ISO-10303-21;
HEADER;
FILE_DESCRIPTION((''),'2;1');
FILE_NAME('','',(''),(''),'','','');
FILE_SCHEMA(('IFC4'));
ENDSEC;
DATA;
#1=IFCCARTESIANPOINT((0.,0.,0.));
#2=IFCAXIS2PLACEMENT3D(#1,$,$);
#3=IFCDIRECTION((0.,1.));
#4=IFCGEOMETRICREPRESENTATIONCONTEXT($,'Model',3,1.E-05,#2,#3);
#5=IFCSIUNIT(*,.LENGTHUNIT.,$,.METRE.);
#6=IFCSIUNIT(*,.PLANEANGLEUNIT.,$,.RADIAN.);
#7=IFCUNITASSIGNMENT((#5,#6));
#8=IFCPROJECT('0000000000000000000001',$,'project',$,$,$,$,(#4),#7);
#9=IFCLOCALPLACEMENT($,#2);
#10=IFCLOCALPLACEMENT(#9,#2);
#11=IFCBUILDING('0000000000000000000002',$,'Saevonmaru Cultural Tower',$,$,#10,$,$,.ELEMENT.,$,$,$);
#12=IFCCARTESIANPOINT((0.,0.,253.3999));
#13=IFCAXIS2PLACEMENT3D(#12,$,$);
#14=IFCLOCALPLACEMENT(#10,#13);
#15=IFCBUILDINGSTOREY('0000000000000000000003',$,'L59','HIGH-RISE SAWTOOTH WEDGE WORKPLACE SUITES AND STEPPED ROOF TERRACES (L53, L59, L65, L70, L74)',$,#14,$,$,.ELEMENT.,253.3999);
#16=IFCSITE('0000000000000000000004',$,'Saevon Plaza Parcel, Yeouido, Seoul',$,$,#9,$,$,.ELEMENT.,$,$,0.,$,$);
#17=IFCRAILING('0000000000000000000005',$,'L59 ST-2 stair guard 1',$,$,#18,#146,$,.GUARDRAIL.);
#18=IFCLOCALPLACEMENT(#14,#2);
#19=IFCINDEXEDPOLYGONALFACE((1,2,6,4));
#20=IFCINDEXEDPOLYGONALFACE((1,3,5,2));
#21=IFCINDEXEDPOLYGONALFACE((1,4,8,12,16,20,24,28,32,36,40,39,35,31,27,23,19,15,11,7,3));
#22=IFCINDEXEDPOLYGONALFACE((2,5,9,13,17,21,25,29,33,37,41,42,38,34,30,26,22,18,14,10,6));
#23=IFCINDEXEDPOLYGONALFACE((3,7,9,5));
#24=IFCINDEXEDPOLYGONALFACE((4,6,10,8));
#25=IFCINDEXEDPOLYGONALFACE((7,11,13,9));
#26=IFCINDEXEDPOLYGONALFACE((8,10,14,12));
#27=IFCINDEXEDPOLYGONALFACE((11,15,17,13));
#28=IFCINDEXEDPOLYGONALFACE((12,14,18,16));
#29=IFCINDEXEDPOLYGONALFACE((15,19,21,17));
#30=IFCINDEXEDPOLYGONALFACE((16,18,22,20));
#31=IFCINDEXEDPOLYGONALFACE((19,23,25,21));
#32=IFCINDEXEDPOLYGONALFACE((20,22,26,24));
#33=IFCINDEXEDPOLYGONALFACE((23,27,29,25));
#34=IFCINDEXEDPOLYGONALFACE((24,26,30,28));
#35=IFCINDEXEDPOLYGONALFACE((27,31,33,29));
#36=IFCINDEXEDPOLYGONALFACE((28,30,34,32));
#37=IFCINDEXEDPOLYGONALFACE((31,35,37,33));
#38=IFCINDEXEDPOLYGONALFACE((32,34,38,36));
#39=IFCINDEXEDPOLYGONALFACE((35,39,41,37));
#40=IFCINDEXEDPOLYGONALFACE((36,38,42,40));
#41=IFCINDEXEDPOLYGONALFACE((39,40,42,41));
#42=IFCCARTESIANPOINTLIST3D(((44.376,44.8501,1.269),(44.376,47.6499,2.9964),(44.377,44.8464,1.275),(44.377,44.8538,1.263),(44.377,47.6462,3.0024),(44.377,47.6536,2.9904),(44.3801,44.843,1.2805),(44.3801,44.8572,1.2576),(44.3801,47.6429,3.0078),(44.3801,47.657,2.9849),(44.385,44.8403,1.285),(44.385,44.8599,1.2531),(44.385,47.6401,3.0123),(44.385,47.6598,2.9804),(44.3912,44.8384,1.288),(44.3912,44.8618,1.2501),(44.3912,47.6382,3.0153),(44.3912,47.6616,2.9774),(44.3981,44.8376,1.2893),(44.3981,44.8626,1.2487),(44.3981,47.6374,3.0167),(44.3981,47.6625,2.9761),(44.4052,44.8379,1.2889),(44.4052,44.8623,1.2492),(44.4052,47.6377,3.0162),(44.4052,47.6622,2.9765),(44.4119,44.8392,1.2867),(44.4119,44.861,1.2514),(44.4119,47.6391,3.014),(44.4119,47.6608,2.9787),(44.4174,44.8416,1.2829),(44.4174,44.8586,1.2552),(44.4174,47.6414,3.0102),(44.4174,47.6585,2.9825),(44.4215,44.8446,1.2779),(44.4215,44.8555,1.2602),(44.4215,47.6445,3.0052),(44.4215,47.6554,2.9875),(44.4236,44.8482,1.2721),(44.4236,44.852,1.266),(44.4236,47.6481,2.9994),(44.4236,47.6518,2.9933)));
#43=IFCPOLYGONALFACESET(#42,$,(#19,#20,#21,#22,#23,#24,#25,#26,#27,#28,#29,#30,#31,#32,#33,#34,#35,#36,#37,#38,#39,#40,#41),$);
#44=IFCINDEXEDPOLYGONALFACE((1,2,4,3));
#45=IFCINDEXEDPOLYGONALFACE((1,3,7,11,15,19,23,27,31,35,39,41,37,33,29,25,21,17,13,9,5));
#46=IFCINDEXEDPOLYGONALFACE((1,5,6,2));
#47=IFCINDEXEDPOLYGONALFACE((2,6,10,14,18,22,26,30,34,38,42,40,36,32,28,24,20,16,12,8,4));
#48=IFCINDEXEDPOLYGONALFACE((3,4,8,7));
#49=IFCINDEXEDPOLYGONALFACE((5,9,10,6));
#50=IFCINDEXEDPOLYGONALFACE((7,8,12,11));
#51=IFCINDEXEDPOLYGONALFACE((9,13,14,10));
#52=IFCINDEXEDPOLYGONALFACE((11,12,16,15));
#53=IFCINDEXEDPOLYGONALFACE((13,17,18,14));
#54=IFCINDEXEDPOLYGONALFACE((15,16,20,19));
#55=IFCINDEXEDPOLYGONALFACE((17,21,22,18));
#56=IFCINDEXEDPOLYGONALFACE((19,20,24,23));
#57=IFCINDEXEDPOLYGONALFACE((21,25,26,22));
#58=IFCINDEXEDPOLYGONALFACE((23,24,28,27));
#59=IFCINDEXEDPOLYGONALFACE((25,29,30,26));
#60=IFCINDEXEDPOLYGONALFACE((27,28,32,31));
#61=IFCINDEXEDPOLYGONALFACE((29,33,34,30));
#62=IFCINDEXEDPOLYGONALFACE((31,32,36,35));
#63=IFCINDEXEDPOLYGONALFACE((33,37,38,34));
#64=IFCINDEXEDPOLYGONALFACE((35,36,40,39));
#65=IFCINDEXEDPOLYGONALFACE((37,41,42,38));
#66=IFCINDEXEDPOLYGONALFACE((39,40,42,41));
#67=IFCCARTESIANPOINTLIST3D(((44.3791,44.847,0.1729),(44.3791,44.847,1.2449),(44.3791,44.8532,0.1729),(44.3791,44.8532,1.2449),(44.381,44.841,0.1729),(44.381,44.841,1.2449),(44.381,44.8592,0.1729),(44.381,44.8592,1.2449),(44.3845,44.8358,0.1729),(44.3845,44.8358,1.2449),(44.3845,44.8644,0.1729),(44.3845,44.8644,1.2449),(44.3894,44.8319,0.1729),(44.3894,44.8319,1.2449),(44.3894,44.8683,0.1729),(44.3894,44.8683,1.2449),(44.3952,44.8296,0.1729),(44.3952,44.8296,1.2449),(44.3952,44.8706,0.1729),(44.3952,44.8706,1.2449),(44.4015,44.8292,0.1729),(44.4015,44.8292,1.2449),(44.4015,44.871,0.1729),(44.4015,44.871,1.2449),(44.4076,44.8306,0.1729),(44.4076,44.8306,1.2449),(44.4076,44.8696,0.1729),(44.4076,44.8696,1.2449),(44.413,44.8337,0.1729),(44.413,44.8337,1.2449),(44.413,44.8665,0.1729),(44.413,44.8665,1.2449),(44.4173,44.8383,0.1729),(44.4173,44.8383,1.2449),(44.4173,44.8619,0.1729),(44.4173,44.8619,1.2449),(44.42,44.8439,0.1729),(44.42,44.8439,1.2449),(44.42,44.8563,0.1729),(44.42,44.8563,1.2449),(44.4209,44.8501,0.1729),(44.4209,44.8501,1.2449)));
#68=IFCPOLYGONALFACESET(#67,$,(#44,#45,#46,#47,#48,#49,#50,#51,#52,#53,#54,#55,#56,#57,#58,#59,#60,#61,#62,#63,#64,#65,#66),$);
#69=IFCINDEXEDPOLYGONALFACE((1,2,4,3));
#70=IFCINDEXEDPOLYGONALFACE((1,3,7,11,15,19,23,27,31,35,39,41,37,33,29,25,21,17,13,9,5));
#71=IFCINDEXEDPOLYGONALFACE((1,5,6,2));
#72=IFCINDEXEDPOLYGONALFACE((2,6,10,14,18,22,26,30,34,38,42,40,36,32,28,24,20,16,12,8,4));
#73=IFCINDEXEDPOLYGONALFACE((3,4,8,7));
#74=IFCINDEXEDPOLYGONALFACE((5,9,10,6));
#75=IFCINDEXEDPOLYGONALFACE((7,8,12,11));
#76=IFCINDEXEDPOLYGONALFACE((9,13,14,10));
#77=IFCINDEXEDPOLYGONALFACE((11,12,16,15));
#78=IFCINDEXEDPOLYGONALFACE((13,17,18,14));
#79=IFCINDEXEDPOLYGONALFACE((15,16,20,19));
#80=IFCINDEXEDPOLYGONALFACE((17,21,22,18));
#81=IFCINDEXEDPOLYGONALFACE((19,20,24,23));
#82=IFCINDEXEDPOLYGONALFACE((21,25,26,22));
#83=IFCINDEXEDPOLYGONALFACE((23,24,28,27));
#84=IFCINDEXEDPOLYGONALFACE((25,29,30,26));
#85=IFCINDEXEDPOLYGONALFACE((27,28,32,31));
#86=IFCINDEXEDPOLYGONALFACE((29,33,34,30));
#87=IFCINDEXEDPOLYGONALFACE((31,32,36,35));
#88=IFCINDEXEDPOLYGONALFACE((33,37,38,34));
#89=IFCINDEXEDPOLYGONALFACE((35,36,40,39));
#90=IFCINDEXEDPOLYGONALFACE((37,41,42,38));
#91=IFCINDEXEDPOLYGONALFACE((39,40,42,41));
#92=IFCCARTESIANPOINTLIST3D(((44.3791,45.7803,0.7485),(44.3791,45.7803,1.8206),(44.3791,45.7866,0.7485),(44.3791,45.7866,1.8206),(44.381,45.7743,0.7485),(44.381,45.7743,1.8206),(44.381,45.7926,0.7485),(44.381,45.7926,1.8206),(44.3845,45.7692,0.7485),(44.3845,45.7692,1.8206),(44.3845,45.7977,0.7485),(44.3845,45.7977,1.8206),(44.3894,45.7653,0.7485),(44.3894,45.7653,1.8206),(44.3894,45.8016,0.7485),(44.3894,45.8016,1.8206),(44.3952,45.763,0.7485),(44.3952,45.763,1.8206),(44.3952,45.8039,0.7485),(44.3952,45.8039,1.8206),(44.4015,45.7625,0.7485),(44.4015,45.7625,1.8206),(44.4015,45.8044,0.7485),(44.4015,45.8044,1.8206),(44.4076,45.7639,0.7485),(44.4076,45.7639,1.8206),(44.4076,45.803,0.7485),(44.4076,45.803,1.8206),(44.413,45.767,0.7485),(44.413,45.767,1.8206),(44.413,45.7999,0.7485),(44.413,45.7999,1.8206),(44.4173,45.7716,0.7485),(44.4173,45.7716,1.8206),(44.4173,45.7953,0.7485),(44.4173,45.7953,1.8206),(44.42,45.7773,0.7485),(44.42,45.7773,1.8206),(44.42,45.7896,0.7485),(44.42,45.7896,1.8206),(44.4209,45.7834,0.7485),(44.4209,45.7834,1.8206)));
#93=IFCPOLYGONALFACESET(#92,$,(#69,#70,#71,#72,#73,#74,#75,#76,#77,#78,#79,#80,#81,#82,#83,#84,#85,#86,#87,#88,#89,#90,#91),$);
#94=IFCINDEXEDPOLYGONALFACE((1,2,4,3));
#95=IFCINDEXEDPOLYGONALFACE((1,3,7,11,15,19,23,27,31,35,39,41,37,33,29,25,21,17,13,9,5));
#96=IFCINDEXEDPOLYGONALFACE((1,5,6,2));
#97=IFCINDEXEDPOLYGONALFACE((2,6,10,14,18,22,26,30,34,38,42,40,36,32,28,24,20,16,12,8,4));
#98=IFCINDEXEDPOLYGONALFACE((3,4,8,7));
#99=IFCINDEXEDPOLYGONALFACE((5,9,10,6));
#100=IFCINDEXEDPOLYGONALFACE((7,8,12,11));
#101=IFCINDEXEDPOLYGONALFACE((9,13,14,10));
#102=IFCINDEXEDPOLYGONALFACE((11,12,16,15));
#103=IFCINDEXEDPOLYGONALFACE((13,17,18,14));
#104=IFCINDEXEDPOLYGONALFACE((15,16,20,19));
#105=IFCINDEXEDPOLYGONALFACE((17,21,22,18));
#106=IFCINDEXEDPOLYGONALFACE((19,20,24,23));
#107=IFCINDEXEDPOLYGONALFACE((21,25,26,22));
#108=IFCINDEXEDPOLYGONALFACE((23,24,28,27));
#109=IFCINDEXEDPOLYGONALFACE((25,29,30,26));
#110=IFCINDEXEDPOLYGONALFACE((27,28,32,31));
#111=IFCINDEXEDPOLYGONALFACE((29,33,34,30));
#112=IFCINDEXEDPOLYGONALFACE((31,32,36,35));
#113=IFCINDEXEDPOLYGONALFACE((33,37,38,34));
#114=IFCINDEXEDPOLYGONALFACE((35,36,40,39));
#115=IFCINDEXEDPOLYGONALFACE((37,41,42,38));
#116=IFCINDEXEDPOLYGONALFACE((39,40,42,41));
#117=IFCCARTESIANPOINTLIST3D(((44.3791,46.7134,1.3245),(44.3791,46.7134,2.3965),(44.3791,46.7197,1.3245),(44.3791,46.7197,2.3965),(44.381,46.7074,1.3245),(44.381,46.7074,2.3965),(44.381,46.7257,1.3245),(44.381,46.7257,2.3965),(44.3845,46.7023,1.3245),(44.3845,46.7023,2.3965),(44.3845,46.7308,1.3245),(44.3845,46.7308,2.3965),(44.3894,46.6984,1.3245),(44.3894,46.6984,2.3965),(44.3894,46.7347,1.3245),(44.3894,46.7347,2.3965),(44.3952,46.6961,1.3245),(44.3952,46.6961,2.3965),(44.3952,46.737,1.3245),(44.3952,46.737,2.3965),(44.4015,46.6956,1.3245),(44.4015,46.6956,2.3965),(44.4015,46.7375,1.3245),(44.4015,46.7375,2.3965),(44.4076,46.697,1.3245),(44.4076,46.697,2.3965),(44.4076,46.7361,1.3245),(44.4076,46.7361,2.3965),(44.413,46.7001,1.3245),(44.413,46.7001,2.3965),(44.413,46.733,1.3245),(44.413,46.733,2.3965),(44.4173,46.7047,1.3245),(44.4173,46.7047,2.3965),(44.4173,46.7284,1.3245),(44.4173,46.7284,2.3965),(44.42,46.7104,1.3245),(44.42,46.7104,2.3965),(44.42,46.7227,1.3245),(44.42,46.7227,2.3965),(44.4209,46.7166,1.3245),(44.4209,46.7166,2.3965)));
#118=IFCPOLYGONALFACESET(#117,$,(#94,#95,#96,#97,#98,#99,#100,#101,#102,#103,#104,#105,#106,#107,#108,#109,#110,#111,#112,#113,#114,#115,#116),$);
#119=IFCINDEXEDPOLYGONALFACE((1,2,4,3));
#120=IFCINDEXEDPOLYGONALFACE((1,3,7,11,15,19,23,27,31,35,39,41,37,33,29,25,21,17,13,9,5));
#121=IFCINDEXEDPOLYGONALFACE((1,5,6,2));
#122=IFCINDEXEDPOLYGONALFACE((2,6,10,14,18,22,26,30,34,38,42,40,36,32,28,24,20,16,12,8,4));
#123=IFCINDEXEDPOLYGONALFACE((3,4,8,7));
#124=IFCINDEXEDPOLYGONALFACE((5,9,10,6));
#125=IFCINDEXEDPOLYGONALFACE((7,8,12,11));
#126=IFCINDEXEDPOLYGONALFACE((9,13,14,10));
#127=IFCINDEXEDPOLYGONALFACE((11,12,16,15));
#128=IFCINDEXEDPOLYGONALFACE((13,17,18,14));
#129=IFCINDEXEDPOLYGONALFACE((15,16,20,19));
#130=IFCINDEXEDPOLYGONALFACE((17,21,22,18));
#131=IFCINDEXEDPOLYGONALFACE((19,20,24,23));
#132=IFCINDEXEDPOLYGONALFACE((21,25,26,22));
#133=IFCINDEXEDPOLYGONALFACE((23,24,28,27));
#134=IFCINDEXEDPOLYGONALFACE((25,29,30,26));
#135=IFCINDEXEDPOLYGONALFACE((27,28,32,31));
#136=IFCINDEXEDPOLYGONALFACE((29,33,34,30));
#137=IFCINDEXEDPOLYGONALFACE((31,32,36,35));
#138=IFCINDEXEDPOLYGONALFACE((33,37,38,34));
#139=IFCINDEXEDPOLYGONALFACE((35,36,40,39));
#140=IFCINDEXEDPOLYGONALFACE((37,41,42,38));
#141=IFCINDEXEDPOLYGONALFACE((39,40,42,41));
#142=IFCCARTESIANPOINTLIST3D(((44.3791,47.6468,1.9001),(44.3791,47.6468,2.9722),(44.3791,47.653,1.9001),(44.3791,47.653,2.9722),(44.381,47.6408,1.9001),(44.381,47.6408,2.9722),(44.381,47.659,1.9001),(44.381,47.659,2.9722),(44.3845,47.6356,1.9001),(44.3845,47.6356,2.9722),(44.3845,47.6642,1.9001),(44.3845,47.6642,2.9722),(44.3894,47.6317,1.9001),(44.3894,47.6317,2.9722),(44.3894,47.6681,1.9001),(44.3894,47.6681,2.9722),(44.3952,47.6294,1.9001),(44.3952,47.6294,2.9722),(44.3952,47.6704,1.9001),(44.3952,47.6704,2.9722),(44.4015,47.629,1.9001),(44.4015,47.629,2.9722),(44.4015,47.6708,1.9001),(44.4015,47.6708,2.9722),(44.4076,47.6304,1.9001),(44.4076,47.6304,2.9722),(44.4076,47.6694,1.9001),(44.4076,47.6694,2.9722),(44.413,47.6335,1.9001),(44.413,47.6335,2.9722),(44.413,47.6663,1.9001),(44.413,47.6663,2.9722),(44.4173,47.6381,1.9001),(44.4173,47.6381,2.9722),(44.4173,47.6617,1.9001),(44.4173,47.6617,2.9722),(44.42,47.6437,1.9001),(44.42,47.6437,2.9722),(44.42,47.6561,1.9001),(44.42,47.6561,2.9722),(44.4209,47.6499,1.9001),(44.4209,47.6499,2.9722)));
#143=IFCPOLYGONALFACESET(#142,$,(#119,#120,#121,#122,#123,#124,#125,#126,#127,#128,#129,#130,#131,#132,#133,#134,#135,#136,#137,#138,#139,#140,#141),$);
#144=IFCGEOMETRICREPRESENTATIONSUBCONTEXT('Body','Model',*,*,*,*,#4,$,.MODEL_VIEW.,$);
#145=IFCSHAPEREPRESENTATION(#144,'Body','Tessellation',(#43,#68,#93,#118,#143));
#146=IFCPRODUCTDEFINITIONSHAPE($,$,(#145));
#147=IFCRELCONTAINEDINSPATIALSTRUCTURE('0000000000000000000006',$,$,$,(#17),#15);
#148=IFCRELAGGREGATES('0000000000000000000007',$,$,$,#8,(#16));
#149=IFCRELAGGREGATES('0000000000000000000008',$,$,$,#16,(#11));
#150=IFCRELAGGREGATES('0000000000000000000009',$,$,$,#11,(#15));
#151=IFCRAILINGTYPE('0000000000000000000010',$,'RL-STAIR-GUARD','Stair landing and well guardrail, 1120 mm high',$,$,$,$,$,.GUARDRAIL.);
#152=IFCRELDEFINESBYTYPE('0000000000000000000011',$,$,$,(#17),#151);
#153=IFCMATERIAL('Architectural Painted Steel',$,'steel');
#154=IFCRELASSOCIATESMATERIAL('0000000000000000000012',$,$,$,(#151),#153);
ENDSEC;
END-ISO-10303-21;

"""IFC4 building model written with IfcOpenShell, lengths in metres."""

from ifc_helpers import new_model, si_unit, direction, frame, origin, origin_2d, place, context, subcontext, project, spatial, circle, extrude, material, type_object, element, save


model = new_model("IFC4")

# Units and contexts
model_context = context("Model", 3, precision=1e-05, world=origin(), true_north=direction((0.0, 1.0)))
body_context = subcontext(model_context, "Body", "Model", "MODEL_VIEW")
ifc_project = project(units=[si_unit("LENGTHUNIT", "METRE"), si_unit("PLANEANGLEUNIT", "RADIAN")], contexts=[model_context])

# Site, building, storey
site_placement = place(None, origin())
site = spatial("IfcSite", under=ifc_project, at=site_placement, Name="Saevon Plaza Parcel, Yeouido, Seoul", CompositionType="ELEMENT", RefElevation=0.0)
building_placement = place(site_placement, origin())
building = spatial("IfcBuilding", under=site, at=building_placement, Name="Saevonmaru Cultural Tower", CompositionType="ELEMENT")
storey_placement = place(building_placement, frame((0.0, 0.0, 253.3999)))
storey = spatial("IfcBuildingStorey", under=building, at=storey_placement, Name="L59", Description="HIGH-RISE SAWTOOTH WEDGE WORKPLACE SUITES AND STEPPED ROOF TERRACES (L53, L59, L65, L70, L74)", CompositionType="ELEMENT", Elevation=253.3999)

# Railing
ifc_material_1 = material(Name="Architectural Painted Steel", Category="steel")
railing_type_1 = type_object("IfcRailingType", Name="RL-STAIR-GUARD", Description="Stair landing and well guardrail, 1120 mm high", PredefinedType="GUARDRAIL", material=ifc_material_1)
railing_1_placement = place(storey_placement, frame((44.3999, 44.8501, 0.1729)))
element("IfcRailing", 1, at=railing_1_placement, inside=storey, type_object=railing_type_1, Name="L59 ST-2 stair guard 1", PredefinedType="GUARDRAIL", context=body_context, shape_type="SweptSolid", body=[
    extrude(circle(Radius=0.0239, at=origin_2d()), frame((0.0, 0.0, 1.0962), z_axis=(0.0, 0.851069, 0.525054), x_axis=(-1.0, 0.0, 0.0)), (0.0, 0.0, 1.0), 3.2898),
    extrude(circle(Radius=0.021, at=origin_2d()), origin(), (0.0, 0.0, 1.0), 1.072),
    extrude(circle(Radius=0.021, at=origin_2d()), frame((0.0, 0.9333, 0.5757)), (0.0, 0.0, 1.0), 1.072),
    extrude(circle(Radius=0.021, at=origin_2d()), frame((0.0, 1.8665, 1.1516)), (0.0, 0.0, 1.0), 1.072),
    extrude(circle(Radius=0.021, at=origin_2d()), frame((0.0, 2.7998, 1.7273)), (0.0, 0.0, 1.0), 1.072),
])

save(model, "model.ifc")
